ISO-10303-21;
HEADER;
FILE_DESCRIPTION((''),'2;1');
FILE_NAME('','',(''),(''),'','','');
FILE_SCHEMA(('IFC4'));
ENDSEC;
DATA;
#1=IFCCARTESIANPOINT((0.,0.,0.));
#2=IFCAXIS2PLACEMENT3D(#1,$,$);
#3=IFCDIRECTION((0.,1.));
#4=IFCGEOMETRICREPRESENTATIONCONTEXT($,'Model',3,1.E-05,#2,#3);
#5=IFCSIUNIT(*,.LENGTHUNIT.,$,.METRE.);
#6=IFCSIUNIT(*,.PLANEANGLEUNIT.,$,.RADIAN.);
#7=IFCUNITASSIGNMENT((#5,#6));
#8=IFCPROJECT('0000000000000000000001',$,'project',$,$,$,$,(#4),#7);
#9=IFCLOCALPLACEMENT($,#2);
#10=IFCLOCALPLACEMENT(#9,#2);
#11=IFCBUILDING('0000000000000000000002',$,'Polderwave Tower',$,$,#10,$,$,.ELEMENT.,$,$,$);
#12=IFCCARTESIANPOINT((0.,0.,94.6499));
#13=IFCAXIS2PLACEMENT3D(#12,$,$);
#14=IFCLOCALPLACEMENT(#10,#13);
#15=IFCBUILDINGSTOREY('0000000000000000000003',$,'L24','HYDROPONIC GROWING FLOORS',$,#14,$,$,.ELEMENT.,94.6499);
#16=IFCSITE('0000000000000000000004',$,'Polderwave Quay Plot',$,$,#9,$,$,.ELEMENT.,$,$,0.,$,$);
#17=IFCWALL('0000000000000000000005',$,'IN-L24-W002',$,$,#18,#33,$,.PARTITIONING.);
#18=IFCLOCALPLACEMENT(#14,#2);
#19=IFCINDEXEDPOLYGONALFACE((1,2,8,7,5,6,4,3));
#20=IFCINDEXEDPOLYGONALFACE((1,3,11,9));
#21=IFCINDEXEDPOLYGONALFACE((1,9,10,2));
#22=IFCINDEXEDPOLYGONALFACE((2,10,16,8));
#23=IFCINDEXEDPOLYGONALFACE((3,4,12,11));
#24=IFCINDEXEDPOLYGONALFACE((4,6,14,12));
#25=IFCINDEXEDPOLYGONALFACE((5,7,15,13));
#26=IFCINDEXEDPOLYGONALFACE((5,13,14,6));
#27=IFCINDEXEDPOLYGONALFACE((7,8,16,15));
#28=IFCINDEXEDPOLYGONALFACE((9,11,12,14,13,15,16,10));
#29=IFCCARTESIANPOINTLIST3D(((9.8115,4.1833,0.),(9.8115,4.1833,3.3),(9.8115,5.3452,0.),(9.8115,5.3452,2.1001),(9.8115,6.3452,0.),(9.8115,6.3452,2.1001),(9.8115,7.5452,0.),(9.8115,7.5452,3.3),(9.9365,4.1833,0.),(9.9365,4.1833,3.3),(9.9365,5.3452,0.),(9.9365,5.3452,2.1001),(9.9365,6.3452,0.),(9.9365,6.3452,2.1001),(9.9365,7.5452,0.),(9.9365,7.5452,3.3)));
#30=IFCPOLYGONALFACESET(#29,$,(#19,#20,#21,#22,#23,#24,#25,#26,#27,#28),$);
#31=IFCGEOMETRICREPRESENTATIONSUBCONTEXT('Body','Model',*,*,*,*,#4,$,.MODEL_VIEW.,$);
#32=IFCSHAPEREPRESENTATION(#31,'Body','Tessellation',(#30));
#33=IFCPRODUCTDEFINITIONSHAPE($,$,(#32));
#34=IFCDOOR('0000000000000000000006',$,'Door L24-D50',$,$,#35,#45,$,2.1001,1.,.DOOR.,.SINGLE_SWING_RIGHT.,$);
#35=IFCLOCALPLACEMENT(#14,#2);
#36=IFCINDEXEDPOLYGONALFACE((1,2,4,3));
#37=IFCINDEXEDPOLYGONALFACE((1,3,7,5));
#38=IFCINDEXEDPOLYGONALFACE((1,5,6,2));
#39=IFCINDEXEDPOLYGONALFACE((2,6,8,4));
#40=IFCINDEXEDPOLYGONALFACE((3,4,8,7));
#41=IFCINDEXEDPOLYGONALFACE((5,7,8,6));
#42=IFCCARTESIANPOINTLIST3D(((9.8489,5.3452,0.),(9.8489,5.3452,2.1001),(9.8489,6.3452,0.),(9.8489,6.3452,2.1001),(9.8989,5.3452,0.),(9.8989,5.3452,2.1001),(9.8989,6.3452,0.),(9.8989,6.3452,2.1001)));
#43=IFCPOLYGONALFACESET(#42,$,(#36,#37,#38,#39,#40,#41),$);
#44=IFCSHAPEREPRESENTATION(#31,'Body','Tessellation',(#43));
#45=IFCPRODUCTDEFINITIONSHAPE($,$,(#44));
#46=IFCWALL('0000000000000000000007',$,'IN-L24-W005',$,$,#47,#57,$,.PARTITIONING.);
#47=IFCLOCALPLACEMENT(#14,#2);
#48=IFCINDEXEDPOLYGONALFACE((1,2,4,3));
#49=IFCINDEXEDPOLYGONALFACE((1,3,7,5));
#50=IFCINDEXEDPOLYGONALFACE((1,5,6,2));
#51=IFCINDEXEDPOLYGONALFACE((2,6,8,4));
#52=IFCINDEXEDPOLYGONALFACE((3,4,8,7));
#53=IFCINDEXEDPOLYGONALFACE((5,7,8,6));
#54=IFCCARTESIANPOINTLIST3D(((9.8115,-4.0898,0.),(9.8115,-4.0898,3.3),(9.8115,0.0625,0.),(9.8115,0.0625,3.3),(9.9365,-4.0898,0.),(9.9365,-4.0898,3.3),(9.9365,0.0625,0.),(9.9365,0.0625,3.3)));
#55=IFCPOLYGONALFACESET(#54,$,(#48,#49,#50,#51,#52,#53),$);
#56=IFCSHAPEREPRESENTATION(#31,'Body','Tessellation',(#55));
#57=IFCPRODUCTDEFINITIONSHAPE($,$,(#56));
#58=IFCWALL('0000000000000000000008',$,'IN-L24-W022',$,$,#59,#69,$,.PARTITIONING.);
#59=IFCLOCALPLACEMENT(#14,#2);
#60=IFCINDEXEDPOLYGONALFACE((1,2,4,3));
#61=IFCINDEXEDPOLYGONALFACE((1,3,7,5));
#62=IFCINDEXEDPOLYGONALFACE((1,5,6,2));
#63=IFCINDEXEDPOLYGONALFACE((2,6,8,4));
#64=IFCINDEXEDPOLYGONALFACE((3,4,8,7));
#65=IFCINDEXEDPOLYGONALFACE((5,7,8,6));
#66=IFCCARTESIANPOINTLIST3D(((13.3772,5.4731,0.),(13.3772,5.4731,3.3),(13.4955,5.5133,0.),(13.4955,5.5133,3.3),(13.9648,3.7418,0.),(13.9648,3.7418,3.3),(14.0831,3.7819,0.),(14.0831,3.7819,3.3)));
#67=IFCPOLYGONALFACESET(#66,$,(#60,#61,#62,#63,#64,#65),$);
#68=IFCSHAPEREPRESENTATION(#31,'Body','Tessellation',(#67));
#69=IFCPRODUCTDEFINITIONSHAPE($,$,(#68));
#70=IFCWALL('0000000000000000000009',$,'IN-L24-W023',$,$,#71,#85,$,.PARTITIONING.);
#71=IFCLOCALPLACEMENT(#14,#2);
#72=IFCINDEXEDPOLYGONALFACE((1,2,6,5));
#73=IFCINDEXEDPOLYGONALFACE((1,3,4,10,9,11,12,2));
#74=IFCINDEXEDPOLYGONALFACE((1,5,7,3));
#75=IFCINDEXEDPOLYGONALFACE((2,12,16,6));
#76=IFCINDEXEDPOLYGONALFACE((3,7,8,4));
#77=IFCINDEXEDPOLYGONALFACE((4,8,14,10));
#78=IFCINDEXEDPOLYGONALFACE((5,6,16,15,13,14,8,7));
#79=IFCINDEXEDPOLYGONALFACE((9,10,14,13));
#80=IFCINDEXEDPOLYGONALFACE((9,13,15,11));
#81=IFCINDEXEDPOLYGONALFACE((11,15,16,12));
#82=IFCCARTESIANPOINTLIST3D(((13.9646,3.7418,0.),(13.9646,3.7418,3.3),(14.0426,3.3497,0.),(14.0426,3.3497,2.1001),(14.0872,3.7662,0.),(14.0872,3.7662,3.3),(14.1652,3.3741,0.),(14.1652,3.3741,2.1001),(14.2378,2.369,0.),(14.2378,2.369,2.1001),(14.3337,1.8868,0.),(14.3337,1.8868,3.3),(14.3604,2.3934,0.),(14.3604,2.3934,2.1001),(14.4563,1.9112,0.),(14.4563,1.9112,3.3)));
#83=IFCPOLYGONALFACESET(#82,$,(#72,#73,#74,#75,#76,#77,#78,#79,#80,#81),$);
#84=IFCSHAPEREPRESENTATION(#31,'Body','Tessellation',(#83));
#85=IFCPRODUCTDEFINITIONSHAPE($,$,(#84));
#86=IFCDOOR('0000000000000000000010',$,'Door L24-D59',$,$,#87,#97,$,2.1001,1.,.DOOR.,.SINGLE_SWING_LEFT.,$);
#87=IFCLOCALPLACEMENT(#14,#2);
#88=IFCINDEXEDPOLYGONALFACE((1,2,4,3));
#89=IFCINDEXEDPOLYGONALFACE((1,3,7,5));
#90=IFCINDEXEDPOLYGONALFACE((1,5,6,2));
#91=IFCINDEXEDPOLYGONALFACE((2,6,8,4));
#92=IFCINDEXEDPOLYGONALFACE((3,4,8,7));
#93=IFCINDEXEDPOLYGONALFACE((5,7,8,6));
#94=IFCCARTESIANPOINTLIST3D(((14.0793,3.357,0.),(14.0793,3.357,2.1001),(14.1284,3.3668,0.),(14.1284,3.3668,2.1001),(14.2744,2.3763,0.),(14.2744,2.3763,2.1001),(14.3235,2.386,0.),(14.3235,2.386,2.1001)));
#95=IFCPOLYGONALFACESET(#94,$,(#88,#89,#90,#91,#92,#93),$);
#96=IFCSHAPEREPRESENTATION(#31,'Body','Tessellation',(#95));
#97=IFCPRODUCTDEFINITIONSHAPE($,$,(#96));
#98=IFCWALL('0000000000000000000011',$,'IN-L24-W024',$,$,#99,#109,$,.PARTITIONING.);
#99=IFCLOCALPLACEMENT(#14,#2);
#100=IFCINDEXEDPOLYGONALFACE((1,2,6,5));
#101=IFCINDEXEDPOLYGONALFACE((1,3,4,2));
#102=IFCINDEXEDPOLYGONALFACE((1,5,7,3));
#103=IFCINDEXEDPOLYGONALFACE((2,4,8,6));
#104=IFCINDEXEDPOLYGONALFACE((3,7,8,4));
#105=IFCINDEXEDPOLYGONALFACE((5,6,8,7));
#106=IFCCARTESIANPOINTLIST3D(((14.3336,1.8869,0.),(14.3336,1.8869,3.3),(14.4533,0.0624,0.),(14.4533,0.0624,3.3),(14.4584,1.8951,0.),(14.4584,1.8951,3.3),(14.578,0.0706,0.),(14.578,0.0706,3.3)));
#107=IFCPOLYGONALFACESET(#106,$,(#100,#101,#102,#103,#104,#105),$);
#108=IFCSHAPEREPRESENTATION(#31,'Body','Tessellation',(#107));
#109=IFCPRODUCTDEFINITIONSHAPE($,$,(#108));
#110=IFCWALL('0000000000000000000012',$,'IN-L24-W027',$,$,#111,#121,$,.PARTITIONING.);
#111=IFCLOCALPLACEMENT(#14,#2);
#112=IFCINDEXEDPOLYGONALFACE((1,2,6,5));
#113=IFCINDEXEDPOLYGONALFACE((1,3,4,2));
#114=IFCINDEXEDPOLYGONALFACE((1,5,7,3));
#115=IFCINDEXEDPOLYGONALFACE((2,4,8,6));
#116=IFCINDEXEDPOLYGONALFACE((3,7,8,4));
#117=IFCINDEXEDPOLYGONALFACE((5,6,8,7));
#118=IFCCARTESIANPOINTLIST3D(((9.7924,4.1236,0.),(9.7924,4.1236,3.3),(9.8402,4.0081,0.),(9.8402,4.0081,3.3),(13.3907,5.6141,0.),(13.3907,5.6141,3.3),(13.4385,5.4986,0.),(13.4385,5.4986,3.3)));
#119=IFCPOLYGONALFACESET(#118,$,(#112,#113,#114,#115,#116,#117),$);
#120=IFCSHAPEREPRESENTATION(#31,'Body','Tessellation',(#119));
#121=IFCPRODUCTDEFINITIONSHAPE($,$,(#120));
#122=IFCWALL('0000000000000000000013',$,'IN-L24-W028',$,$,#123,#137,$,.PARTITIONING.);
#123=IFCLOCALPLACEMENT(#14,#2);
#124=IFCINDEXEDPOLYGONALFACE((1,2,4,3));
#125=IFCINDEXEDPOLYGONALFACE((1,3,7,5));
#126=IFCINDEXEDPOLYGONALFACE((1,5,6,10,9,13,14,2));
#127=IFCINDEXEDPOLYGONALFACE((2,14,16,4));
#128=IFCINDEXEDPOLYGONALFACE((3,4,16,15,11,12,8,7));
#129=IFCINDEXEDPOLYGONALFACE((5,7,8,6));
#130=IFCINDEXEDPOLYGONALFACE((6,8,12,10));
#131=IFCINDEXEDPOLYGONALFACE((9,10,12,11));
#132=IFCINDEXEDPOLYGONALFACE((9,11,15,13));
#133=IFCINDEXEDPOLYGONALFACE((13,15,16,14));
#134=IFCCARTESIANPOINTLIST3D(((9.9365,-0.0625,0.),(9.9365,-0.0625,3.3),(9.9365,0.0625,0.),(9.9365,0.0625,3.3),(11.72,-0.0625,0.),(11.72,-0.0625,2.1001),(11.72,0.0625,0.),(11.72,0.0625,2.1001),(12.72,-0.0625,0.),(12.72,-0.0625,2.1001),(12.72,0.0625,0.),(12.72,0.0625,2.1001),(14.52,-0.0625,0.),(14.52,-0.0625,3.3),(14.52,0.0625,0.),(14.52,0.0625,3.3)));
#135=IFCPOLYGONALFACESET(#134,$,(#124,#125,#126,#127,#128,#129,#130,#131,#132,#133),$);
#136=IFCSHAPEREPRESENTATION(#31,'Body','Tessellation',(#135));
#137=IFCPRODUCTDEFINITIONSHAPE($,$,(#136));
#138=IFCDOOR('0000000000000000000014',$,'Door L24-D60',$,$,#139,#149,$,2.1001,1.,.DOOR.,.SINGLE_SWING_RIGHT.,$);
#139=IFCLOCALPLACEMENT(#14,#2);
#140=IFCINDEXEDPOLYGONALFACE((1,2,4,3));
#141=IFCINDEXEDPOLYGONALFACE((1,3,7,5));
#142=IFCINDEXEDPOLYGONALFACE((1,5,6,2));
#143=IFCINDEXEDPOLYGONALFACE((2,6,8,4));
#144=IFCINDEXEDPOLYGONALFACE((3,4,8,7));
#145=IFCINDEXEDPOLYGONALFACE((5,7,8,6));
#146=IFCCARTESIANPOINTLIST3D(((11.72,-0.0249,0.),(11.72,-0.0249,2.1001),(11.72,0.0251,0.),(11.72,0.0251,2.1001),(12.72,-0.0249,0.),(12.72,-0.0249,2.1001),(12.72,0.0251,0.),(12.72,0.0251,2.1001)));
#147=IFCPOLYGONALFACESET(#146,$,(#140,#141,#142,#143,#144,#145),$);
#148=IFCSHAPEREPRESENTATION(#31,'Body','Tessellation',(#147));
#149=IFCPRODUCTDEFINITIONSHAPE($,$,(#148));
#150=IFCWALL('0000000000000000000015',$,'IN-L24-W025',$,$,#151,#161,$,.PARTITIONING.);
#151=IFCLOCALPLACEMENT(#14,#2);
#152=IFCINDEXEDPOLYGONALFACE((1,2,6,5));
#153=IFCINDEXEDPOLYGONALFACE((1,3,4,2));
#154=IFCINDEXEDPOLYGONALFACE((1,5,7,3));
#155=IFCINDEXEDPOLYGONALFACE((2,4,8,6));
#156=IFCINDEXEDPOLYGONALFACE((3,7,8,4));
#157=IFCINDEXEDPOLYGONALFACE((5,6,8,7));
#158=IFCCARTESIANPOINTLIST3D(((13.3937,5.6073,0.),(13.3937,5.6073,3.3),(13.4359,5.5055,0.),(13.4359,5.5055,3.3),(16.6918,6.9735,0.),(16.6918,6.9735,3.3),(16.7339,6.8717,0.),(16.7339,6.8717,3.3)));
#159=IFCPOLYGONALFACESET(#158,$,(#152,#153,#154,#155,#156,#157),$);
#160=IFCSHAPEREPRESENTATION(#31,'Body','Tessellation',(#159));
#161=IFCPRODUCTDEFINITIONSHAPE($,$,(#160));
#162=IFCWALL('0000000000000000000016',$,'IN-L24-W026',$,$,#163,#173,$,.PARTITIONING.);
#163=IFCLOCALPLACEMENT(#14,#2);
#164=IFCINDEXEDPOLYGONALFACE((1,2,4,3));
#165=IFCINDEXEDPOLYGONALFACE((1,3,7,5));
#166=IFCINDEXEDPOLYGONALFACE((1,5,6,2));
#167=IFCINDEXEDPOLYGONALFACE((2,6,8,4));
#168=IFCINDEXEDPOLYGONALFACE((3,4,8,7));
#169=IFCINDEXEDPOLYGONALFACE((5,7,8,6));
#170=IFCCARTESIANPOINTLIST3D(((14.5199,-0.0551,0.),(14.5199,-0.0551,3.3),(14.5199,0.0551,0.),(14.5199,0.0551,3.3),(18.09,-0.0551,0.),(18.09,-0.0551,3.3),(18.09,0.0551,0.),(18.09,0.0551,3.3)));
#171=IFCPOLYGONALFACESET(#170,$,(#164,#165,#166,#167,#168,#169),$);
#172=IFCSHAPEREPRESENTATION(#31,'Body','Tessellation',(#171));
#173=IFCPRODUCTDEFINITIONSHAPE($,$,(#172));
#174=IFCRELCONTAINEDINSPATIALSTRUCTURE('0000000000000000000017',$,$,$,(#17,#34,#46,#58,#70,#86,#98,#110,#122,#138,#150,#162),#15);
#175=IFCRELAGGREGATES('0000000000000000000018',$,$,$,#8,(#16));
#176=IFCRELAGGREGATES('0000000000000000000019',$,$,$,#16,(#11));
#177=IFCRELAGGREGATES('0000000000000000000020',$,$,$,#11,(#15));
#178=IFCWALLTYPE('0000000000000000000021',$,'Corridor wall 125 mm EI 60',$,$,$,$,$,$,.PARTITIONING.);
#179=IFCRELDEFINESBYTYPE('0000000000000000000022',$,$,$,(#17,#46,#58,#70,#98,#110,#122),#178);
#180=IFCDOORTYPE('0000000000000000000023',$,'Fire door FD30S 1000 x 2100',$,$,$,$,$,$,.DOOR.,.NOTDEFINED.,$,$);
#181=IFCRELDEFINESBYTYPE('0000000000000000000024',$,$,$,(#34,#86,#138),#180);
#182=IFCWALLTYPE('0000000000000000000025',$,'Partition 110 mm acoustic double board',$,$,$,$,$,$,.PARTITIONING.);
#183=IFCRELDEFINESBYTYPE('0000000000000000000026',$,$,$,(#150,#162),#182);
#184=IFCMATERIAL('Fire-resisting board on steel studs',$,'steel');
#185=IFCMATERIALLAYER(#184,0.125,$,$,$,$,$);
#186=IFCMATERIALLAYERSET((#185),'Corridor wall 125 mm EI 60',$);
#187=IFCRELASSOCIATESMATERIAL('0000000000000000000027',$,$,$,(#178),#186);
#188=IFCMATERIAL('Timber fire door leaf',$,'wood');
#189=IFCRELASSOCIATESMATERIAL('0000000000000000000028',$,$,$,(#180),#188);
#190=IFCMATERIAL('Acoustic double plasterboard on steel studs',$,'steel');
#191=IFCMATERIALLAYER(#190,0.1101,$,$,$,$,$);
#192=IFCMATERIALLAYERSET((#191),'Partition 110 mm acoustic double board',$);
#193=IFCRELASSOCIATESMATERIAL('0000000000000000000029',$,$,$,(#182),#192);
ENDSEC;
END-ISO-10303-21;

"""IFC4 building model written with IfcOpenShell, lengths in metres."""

from ifc_helpers import new_model, si_unit, direction, frame, frame_2d, origin, place, context, subcontext, project, spatial, rectangle, extrude, material, layer, layer_set, type_object, element, fill, save


model = new_model("IFC4")

# Units and contexts
model_context = context("Model", 3, precision=1e-05, world=origin(), true_north=direction((0.0, 1.0)))
body_context = subcontext(model_context, "Body", "Model", "MODEL_VIEW")
ifc_project = project(units=[si_unit("LENGTHUNIT", "METRE"), si_unit("PLANEANGLEUNIT", "RADIAN")], contexts=[model_context])

# Site, building, storey
site_placement = place(None, origin())
site = spatial("IfcSite", under=ifc_project, at=site_placement, Name="Polderwave Quay Plot", CompositionType="ELEMENT", RefElevation=0.0)
building_placement = place(site_placement, origin())
building = spatial("IfcBuilding", under=site, at=building_placement, Name="Polderwave Tower", CompositionType="ELEMENT")
storey_placement = place(building_placement, frame((0.0, 0.0, 94.6499)))
storey = spatial("IfcBuildingStorey", under=building, at=storey_placement, Name="L24", Description="HYDROPONIC GROWING FLOORS", CompositionType="ELEMENT", Elevation=94.6499)

# Wall, opening, door
ifc_material_1 = material(Name="Fire-resisting board on steel studs", Category="steel")
ifc_layer_1 = layer(ifc_material_1, 0.125)
ifc_layer_set_1 = layer_set([ifc_layer_1], Name="Corridor wall 125 mm EI 60")
wall_type_1 = type_object("IfcWallType", Name="Corridor wall 125 mm EI 60", PredefinedType="PARTITIONING", material=ifc_layer_set_1)
wall_1_placement = place(storey_placement, frame((9.874, 7.5452, 0.0), z_axis=(0.0, 0.0, 1.0), x_axis=(0.0, -1.0, 0.0)))
wall_1 = element("IfcWall", 1, at=wall_1_placement, inside=storey, type_object=wall_type_1, Name="IN-L24-W002", PredefinedType="PARTITIONING", context=body_context, shape_type="SweptSolid", body=[
    extrude(rectangle(XDim=3.3618, YDim=0.125, at=frame_2d((1.6809, 0.0))), origin(), (0.0, 0.0, 1.0), 3.3),
])
opening_1_placement = place(wall_1_placement, frame((1.2, 0.0, 0.0)))
opening_1 = element("IfcOpeningElement", 2, at=opening_1_placement, cuts=wall_1, PredefinedType="OPENING", context=body_context, shape_type="SweptSolid", body=[
    extrude(rectangle(XDim=1.0, YDim=2.1001, at=frame_2d((0.5, 1.05))), frame((0.0, 0.0725, 0.0), z_axis=(0.0, -1.0, 0.0), x_axis=(1.0, 0.0, 0.0)), (0.0, 0.0, 1.0), 0.145),
])
ifc_material_2 = material(Name="Timber fire door leaf", Category="wood")
door_type = type_object("IfcDoorType", Name="Fire door FD30S 1000 x 2100", OperationType="NOTDEFINED", PredefinedType="DOOR", material=ifc_material_2)
door_1_placement = place(opening_1_placement, origin())
door_1 = element("IfcDoor", 3, at=door_1_placement, inside=storey, type_object=door_type, Name="Door L24-D50", OperationType="SINGLE_SWING_RIGHT", OverallHeight=2.1001, OverallWidth=1.0, PredefinedType="DOOR", context=body_context, shape_type="SweptSolid", body=[
    extrude(rectangle(XDim=1.0, YDim=2.1001, at=frame_2d((0.5, 1.05))), frame((0.0, 0.0249, 0.0), z_axis=(0.0, -1.0, 0.0), x_axis=(1.0, 0.0, 0.0)), (0.0, 0.0, 1.0), 0.05),
])
fill(opening_1, door_1)

# Walls
wall_2_placement = place(storey_placement, frame((9.874, 0.0625, 0.0), z_axis=(0.0, 0.0, 1.0), x_axis=(0.0, -1.0, 0.0)))
element("IfcWall", 4, at=wall_2_placement, inside=storey, type_object=wall_type_1, Name="IN-L24-W005", PredefinedType="PARTITIONING", context=body_context, shape_type="SweptSolid", body=[
    extrude(rectangle(XDim=4.1523, YDim=0.125, at=frame_2d((2.0762, 0.0))), origin(), (0.0, 0.0, 1.0), 3.3),
])
wall_3_placement = place(storey_placement, frame((14.0239, 3.762, 0.0), z_axis=(0.0, 0.0, 1.0), x_axis=(-0.32139, 0.946947, 0.0)))
element("IfcWall", 5, at=wall_3_placement, inside=storey, type_object=wall_type_1, Name="IN-L24-W022", PredefinedType="PARTITIONING", context=body_context, shape_type="SweptSolid", body=[
    extrude(rectangle(XDim=1.8284, YDim=0.125, at=frame_2d((0.9141, 0.0))), origin(), (0.0, 0.0, 1.0), 3.3),
])

# Wall, opening, door
wall_4_placement = place(storey_placement, frame((14.0259, 3.7542, 0.0), z_axis=(0.0, 0.0, 1.0), x_axis=(0.195173, -0.980769, 0.0)))
wall_4 = element("IfcWall", 6, at=wall_4_placement, inside=storey, type_object=wall_type_1, Name="IN-L24-W023", PredefinedType="PARTITIONING", context=body_context, shape_type="SweptSolid", body=[
    extrude(rectangle(XDim=1.8914, YDim=0.125, at=frame_2d((0.9458, 0.0))), origin(), (0.0, 0.0, 1.0), 3.3),
])
opening_2_placement = place(wall_4_placement, frame((0.3999, 0.0, 0.0)))
opening_2 = element("IfcOpeningElement", 7, at=opening_2_placement, cuts=wall_4, PredefinedType="OPENING", context=body_context, shape_type="SweptSolid", body=[
    extrude(rectangle(XDim=1.0, YDim=2.1001, at=frame_2d((0.5, 1.05))), frame((0.0, 0.0725, 0.0), z_axis=(0.0, -1.0, 0.0), x_axis=(1.0, 0.0, 0.0)), (0.0, 0.0, 1.0), 0.145),
])
door_2_placement = place(opening_2_placement, origin())
door_2 = element("IfcDoor", 8, at=door_2_placement, inside=storey, type_object=door_type, Name="Door L24-D59", OperationType="SINGLE_SWING_LEFT", OverallHeight=2.1001, OverallWidth=1.0, PredefinedType="DOOR", context=body_context, shape_type="SweptSolid", body=[
    extrude(rectangle(XDim=1.0, YDim=2.1001, at=frame_2d((0.5, 1.05))), frame((0.0, 0.0249, 0.0), z_axis=(0.0, -1.0, 0.0), x_axis=(1.0, 0.0, 0.0)), (0.0, 0.0, 1.0), 0.05),
])
fill(opening_2, door_2)

# Walls
wall_5_placement = place(storey_placement, frame((14.5156, 0.0667, 0.0), z_axis=(0.0, 0.0, 1.0), x_axis=(-0.065429, 0.997857, 0.0)))
element("IfcWall", 9, at=wall_5_placement, inside=storey, type_object=wall_type_1, Name="IN-L24-W024", PredefinedType="PARTITIONING", context=body_context, shape_type="SweptSolid", body=[
    extrude(rectangle(XDim=1.8284, YDim=0.125, at=frame_2d((0.9141, 0.0))), origin(), (0.0, 0.0, 1.0), 3.3),
])
wall_6_placement = place(storey_placement, frame((9.8164, 4.0659, 0.0), z_axis=(0.0, 0.0, 1.0), x_axis=(0.923882, 0.382678, 0.0)))
element("IfcWall", 10, at=wall_6_placement, inside=storey, type_object=wall_type_1, Name="IN-L24-W027", PredefinedType="PARTITIONING", context=body_context, shape_type="SweptSolid", body=[
    extrude(rectangle(XDim=3.8948, YDim=0.125, at=frame_2d((1.9473, 0.0))), origin(), (0.0, 0.0, 1.0), 3.3),
])

# Wall, opening, door
wall_7_placement = place(storey_placement, frame((14.52, 0.0, 0.0), z_axis=(0.0, 0.0, 1.0), x_axis=(-1.0, 0.0, 0.0)))
wall_7 = element("IfcWall", 11, at=wall_7_placement, inside=storey, type_object=wall_type_1, Name="IN-L24-W028", PredefinedType="PARTITIONING", context=body_context, shape_type="SweptSolid", body=[
    extrude(rectangle(XDim=4.5835, YDim=0.125, at=frame_2d((2.2917, 0.0))), origin(), (0.0, 0.0, 1.0), 3.3),
])
opening_3_placement = place(wall_7_placement, frame((1.8, 0.0, 0.0)))
opening_3 = element("IfcOpeningElement", 12, at=opening_3_placement, cuts=wall_7, PredefinedType="OPENING", context=body_context, shape_type="SweptSolid", body=[
    extrude(rectangle(XDim=1.0, YDim=2.1001, at=frame_2d((0.5, 1.05))), frame((0.0, 0.0725, 0.0), z_axis=(0.0, -1.0, 0.0), x_axis=(1.0, 0.0, 0.0)), (0.0, 0.0, 1.0), 0.145),
])
door_3_placement = place(opening_3_placement, origin())
door_3 = element("IfcDoor", 13, at=door_3_placement, inside=storey, type_object=door_type, Name="Door L24-D60", OperationType="SINGLE_SWING_RIGHT", OverallHeight=2.1001, OverallWidth=1.0, PredefinedType="DOOR", context=body_context, shape_type="SweptSolid", body=[
    extrude(rectangle(XDim=1.0, YDim=2.1001, at=frame_2d((0.5, 1.05))), frame((0.0, 0.0249, 0.0), z_axis=(0.0, -1.0, 0.0), x_axis=(1.0, 0.0, 0.0)), (0.0, 0.0, 1.0), 0.05),
])
fill(opening_3, door_3)

# Walls
ifc_material_3 = material(Name="Acoustic double plasterboard on steel studs", Category="steel")
ifc_layer_2 = layer(ifc_material_3, 0.1101)
ifc_layer_set_2 = layer_set([ifc_layer_2], Name="Partition 110 mm acoustic double board")
wall_type_2 = type_object("IfcWallType", Name="Partition 110 mm acoustic double board", PredefinedType="PARTITIONING", material=ifc_layer_set_2)
wall_8_placement = place(storey_placement, frame((13.4148, 5.5564, 0.0), z_axis=(0.0, 0.0, 1.0), x_axis=(0.92387, 0.382706, 0.0)))
element("IfcWall", 14, at=wall_8_placement, inside=storey, type_object=wall_type_2, Name="IN-L24-W025", PredefinedType="PARTITIONING", context=body_context, shape_type="SweptSolid", body=[
    extrude(rectangle(XDim=3.5698, YDim=0.1101, at=frame_2d((1.7849, 0.0))), origin(), (0.0, 0.0, 1.0), 3.3),
])
wall_9_placement = place(storey_placement, frame((18.0901, 0.0, 0.0), z_axis=(0.0, 0.0, 1.0), x_axis=(-1.0, 0.0, 0.0)))
element("IfcWall", 15, at=wall_9_placement, inside=storey, type_object=wall_type_2, Name="IN-L24-W026", PredefinedType="PARTITIONING", context=body_context, shape_type="SweptSolid", body=[
    extrude(rectangle(XDim=3.5701, YDim=0.1101, at=frame_2d((1.7852, 0.0))), origin(), (0.0, 0.0, 1.0), 3.3),
])

save(model, "model.ifc")
